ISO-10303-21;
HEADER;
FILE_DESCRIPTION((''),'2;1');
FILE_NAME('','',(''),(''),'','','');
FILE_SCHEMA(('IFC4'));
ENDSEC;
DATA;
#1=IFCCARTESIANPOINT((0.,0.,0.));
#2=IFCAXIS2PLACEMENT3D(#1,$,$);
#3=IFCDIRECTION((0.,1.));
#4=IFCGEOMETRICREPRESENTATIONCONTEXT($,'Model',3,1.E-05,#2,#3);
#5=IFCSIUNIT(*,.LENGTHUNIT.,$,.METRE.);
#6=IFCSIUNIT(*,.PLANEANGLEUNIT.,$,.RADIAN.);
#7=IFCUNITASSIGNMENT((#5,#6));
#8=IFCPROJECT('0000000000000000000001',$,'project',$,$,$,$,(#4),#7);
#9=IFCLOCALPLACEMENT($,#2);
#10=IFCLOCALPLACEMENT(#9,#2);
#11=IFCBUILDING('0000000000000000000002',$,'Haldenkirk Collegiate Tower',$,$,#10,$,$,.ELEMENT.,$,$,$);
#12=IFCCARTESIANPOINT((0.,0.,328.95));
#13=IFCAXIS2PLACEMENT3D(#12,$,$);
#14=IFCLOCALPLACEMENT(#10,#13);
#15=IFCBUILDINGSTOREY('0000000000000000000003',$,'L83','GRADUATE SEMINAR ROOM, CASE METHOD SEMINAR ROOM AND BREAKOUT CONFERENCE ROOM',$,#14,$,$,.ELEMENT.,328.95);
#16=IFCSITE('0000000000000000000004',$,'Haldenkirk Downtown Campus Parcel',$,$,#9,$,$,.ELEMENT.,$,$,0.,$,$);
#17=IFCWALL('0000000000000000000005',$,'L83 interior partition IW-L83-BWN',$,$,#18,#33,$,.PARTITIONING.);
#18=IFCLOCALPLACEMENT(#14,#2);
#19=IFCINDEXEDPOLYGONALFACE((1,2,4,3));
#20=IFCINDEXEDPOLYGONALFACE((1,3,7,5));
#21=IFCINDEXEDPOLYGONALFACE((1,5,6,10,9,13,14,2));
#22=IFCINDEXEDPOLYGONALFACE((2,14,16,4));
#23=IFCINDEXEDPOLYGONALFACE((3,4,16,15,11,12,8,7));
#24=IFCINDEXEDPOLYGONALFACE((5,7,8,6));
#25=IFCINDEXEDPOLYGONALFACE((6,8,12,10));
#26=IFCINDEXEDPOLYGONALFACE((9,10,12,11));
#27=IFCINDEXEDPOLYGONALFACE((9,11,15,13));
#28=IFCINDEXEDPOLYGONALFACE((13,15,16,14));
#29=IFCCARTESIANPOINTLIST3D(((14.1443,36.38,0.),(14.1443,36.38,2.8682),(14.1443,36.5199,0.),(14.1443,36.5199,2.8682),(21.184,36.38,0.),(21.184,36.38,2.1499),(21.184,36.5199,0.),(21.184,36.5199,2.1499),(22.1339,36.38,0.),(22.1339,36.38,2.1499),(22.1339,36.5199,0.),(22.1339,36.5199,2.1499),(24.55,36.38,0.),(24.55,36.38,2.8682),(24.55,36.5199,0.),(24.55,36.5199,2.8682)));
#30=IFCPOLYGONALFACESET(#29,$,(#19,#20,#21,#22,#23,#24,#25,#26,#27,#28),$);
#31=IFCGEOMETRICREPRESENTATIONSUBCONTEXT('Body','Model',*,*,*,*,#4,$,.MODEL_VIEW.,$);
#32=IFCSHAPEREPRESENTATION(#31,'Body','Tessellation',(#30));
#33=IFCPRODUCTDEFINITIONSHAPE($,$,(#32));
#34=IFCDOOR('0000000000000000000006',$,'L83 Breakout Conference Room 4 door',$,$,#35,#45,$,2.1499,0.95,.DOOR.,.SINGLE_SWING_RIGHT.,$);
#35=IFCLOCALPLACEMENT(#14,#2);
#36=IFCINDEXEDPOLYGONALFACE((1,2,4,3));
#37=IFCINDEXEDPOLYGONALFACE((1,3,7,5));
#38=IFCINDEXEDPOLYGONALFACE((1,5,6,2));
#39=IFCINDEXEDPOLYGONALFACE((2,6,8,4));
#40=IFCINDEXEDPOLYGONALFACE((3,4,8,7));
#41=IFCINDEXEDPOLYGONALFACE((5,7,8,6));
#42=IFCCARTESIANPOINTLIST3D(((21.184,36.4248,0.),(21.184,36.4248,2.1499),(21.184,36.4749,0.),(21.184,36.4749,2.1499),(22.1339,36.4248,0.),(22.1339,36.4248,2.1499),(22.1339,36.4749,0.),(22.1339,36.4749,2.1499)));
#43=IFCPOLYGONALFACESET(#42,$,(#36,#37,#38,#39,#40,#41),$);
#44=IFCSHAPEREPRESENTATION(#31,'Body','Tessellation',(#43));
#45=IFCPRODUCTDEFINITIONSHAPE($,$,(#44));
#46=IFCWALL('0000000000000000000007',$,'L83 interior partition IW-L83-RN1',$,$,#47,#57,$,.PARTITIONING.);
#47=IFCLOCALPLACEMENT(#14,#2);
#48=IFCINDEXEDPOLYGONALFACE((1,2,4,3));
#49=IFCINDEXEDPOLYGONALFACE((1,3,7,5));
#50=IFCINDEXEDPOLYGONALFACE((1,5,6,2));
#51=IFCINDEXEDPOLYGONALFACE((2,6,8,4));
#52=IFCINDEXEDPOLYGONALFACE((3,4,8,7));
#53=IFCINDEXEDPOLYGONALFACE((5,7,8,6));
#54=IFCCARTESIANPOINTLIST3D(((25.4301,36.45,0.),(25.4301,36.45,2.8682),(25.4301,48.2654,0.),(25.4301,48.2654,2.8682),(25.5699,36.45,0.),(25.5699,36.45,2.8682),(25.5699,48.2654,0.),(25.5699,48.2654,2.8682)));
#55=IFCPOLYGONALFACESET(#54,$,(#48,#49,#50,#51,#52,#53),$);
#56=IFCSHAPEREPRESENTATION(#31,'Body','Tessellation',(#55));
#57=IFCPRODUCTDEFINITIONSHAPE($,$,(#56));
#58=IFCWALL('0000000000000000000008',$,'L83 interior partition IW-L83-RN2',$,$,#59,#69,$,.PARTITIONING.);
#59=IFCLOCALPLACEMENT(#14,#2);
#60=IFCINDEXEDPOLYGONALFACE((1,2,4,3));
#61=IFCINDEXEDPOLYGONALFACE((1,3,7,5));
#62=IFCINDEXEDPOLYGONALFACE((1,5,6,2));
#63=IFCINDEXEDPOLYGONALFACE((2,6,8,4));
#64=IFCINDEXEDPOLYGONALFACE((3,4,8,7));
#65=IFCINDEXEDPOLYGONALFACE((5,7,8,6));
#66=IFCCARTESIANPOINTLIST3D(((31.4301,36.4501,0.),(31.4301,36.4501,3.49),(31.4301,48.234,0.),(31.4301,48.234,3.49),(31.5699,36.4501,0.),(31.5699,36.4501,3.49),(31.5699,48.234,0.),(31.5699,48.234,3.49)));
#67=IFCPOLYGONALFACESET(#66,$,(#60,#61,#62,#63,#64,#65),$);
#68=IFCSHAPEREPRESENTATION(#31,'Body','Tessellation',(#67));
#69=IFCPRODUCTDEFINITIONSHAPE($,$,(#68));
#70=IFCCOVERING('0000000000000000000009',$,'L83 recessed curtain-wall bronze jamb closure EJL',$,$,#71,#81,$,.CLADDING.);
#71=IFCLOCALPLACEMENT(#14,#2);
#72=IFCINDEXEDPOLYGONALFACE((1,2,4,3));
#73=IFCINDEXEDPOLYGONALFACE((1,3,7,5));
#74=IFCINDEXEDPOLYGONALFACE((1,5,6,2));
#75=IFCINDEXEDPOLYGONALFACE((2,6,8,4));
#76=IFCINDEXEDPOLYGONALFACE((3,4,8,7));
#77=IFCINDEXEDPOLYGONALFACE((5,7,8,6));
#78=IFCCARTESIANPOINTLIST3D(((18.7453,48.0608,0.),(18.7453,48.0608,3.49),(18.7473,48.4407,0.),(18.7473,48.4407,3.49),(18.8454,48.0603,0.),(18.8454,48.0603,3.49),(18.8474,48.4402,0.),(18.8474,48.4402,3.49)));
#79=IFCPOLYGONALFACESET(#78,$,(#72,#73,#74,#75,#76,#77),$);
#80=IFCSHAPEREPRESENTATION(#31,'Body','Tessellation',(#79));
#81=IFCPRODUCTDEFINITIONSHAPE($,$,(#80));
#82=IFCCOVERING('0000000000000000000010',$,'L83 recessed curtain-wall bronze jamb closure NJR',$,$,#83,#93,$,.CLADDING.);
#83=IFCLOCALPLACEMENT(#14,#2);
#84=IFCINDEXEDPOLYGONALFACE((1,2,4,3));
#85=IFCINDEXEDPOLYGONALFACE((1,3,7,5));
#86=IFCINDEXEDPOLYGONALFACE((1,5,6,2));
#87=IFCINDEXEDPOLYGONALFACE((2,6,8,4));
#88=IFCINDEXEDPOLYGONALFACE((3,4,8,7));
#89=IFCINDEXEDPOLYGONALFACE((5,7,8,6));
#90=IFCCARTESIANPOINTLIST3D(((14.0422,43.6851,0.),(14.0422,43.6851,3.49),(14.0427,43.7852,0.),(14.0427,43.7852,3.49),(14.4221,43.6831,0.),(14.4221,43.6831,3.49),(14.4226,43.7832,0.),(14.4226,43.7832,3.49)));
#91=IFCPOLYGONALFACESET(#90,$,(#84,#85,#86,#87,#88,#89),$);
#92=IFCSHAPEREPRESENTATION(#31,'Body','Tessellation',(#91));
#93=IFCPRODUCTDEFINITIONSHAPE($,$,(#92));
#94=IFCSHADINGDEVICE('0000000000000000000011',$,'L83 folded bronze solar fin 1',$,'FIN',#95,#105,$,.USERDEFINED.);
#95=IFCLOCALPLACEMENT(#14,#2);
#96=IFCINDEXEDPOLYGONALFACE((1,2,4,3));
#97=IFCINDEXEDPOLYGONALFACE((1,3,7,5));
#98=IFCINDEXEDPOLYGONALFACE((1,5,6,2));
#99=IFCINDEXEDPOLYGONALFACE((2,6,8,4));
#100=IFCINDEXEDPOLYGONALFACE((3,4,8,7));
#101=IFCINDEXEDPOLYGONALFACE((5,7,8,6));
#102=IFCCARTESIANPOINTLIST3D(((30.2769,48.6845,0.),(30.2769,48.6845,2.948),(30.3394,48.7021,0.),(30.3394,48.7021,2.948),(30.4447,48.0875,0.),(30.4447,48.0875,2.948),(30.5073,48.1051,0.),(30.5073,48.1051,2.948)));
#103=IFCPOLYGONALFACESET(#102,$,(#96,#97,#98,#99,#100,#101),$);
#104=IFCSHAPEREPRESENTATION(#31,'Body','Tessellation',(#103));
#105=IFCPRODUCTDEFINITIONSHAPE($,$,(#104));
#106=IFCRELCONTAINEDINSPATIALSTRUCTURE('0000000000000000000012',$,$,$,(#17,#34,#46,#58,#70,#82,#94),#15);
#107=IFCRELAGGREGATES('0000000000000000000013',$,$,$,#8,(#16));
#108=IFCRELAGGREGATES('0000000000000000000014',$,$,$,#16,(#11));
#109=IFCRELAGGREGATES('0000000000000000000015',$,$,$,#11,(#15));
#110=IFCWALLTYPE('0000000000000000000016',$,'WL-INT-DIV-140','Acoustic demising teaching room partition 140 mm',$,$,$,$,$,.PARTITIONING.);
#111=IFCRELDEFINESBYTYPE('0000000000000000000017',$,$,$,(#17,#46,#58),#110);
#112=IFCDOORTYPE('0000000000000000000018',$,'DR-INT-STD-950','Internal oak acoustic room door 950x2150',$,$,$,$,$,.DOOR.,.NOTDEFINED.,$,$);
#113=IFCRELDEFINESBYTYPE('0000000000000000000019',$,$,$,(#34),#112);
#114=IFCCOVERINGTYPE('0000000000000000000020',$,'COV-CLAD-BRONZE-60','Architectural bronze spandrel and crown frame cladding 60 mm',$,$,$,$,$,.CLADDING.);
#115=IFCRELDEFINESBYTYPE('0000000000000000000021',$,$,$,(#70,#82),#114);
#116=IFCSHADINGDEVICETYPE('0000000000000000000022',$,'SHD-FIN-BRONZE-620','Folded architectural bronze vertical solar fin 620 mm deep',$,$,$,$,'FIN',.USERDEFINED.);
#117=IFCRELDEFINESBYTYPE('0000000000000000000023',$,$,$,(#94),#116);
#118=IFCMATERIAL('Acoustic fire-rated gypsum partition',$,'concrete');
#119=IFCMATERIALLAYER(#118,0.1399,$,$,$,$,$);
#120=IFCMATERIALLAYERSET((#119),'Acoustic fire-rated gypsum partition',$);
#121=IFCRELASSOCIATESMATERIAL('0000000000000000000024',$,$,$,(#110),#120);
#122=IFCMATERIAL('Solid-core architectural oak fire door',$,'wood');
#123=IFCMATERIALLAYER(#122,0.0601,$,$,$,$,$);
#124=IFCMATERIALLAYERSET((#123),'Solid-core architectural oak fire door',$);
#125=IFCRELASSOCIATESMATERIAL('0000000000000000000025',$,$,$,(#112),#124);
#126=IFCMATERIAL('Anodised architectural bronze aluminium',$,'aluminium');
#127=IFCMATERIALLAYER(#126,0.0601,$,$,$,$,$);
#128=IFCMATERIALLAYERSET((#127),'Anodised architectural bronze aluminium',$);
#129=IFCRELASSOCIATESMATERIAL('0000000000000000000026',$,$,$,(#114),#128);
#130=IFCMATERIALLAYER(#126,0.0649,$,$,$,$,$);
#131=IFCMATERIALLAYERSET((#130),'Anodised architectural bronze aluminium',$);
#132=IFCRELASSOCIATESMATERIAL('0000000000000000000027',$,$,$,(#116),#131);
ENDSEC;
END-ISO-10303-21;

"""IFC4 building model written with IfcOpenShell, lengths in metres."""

from ifc_helpers import new_model, si_unit, direction, frame, frame_2d, origin, origin_2d, place, context, subcontext, project, spatial, rectangle, extrude, source, transform, mapped, material, layer, layer_set, type_object, element, fill, save


model = new_model("IFC4")

# Units and contexts
model_context = context("Model", 3, precision=1e-05, world=origin(), true_north=direction((0.0, 1.0)))
body_context = subcontext(model_context, "Body", "Model", "MODEL_VIEW")
ifc_project = project(units=[si_unit("LENGTHUNIT", "METRE"), si_unit("PLANEANGLEUNIT", "RADIAN")], contexts=[model_context])

# Site, building, storey
site_placement = place(None, origin())
site = spatial("IfcSite", under=ifc_project, at=site_placement, Name="Haldenkirk Downtown Campus Parcel", CompositionType="ELEMENT", RefElevation=0.0)
building_placement = place(site_placement, origin())
building = spatial("IfcBuilding", under=site, at=building_placement, Name="Haldenkirk Collegiate Tower", CompositionType="ELEMENT")
storey_placement = place(building_placement, frame((0.0, 0.0, 328.95)))
storey = spatial("IfcBuildingStorey", under=building, at=storey_placement, Name="L83", Description="GRADUATE SEMINAR ROOM, CASE METHOD SEMINAR ROOM AND BREAKOUT CONFERENCE ROOM", CompositionType="ELEMENT", Elevation=328.95)

# Shared definitions
ifc_material_1 = material(Name="Anodised architectural bronze aluminium", Category="aluminium")

# Wall, opening, door
ifc_material_2 = material(Name="Acoustic fire-rated gypsum partition", Category="concrete")
ifc_material_3 = material(Name="Solid-core architectural oak fire door", Category="wood")
ifc_layer_1 = layer(ifc_material_2, 0.1399)
ifc_layer_set_1 = layer_set([ifc_layer_1], Name="Acoustic fire-rated gypsum partition")
wall_type_1 = type_object("IfcWallType", Name="WL-INT-DIV-140", Description="Acoustic demising teaching room partition 140 mm", PredefinedType="PARTITIONING", material=ifc_layer_set_1)
wall_1_placement = place(storey_placement, frame((14.1443, 36.45, 0.0), z_axis=(0.0, 0.0, 1.0), x_axis=(1.0, 0.0, 0.0)))
wall_1 = element("IfcWall", 1, at=wall_1_placement, inside=storey, type_object=wall_type_1, Name="L83 interior partition IW-L83-BWN", PredefinedType="PARTITIONING", context=body_context, shape_type="SweptSolid", body=[
    extrude(rectangle(XDim=10.4058, YDim=0.1399, at=frame_2d((5.2029, 0.0))), origin(), (0.0, 0.0, 1.0), 2.8682),
])
opening_1_placement = place(wall_1_placement, frame((7.0396, 0.0, 0.0)))
opening_1 = element("IfcOpeningElement", 2, at=opening_1_placement, cuts=wall_1, PredefinedType="OPENING", context=body_context, shape_type="SweptSolid", body=[
    extrude(rectangle(XDim=0.95, YDim=2.1499, at=frame_2d((0.4751, 1.075))), frame((0.0, 0.0798, 0.0), z_axis=(0.0, -1.0, 0.0), x_axis=(1.0, 0.0, 0.0)), (0.0, 0.0, 1.0), 0.1599),
])
ifc_layer_2 = layer(ifc_material_3, 0.0601)
ifc_layer_set_2 = layer_set([ifc_layer_2], Name="Solid-core architectural oak fire door")
door_type_1 = type_object("IfcDoorType", Name="DR-INT-STD-950", Description="Internal oak acoustic room door 950x2150", OperationType="NOTDEFINED", PredefinedType="DOOR", material=ifc_layer_set_2)
door_1_placement = place(opening_1_placement, origin())
door_1 = element("IfcDoor", 3, at=door_1_placement, inside=storey, type_object=door_type_1, Name="L83 Breakout Conference Room 4 door", OperationType="SINGLE_SWING_RIGHT", OverallHeight=2.1499, OverallWidth=0.95, PredefinedType="DOOR", context=body_context, shape_type="SweptSolid", body=[
    extrude(rectangle(XDim=0.95, YDim=2.1499, at=frame_2d((0.4751, 1.075))), frame((0.0, 0.0249, 0.0), z_axis=(0.0, -1.0, 0.0), x_axis=(1.0, 0.0, 0.0)), (0.0, 0.0, 1.0), 0.05),
])
fill(opening_1, door_1)

# Walls
wall_2_placement = place(storey_placement, frame((25.5, 36.45, 0.0), z_axis=(0.0, 0.0, 1.0), x_axis=(0.0, 1.0, 0.0)))
element("IfcWall", 4, at=wall_2_placement, inside=storey, type_object=wall_type_1, Name="L83 interior partition IW-L83-RN1", PredefinedType="PARTITIONING", context=body_context, shape_type="SweptSolid", body=[
    extrude(rectangle(XDim=11.8154, YDim=0.1399, at=frame_2d((5.9077, 0.0))), origin(), (0.0, 0.0, 1.0), 2.8682),
])
wall_3_placement = place(storey_placement, frame((31.5, 36.45, 0.0), z_axis=(0.0, 0.0, 1.0), x_axis=(0.0, 1.0, 0.0)))
element("IfcWall", 5, at=wall_3_placement, inside=storey, type_object=wall_type_1, Name="L83 interior partition IW-L83-RN2", PredefinedType="PARTITIONING", context=body_context, shape_type="SweptSolid", body=[
    extrude(rectangle(XDim=11.7839, YDim=0.1399, at=frame_2d((5.8921, 0.0))), origin(), (0.0, 0.0, 1.0), 3.49),
])

# Coverings
ifc_layer_3 = layer(ifc_material_1, 0.0601)
ifc_layer_set_3 = layer_set([ifc_layer_3], Name="Anodised architectural bronze aluminium")
covering_type = type_object("IfcCoveringType", Name="COV-CLAD-BRONZE-60", Description="Architectural bronze spandrel and crown frame cladding 60 mm", PredefinedType="CLADDING", material=ifc_layer_set_3)
shared_shape_1 = source(origin(), body_context, "Body", "SweptSolid", [
    extrude(rectangle(XDim=0.1001, YDim=0.3799, at=origin_2d()), origin(), (0.0, 0.0, 1.0), 3.49),
])
for number, where, z_axis, x_axis, name in (
    (6, (18.7964, 48.2505, 0.0), (0.0, 0.0, 1.0), (0.999986, -0.005236, 0.0), "L83 recessed curtain-wall bronze jamb closure EJL"),
    (7, (14.2324, 43.7341, 0.0), (0.0, 0.0, 1.0), (0.005236, 0.999986, 0.0), "L83 recessed curtain-wall bronze jamb closure NJR"),
):
    element("IfcCovering", number, at=place(storey_placement, frame(where, z_axis=z_axis, x_axis=x_axis)), inside=storey, type_object=covering_type, Name=name, PredefinedType="CLADDING", context=body_context, shape_type="MappedRepresentation", body=[
        mapped(shared_shape_1, transform((0.0, 0.0, 0.0), x_axis=(1.0, 0.0, 0.0), y_axis=(0.0, 1.0, 0.0), z_axis=(0.0, 0.0, 1.0), scale=1.0)),
    ])

# Shading device
ifc_layer_4 = layer(ifc_material_1, 0.0649)
ifc_layer_set_4 = layer_set([ifc_layer_4], Name="Anodised architectural bronze aluminium")
shading_device_type = type_object("IfcShadingDeviceType", Name="SHD-FIN-BRONZE-620", Description="Folded architectural bronze vertical solar fin 620 mm deep", ElementType="FIN", PredefinedType="USERDEFINED", material=ifc_layer_set_4)
shared_shape_2 = source(origin(), body_context, "Body", "SweptSolid", [
    extrude(rectangle(XDim=0.6201, YDim=0.0649, at=origin_2d()), origin(), (0.0, 0.0, 1.0), 2.948),
])
shading_device_placement = place(storey_placement, frame((30.3921, 48.3948, 0.0), z_axis=(0.0, 0.0, 1.0), x_axis=(-0.2706, 0.962692, 0.0)))
element("IfcShadingDevice", 8, at=shading_device_placement, inside=storey, type_object=shading_device_type, Name="L83 folded bronze solar fin 1", ObjectType="FIN", PredefinedType="USERDEFINED", context=body_context, shape_type="MappedRepresentation", body=[
    mapped(shared_shape_2, transform((0.0, 0.0, 0.0), x_axis=(1.0, 0.0, 0.0), y_axis=(0.0, 1.0, 0.0), z_axis=(0.0, 0.0, 1.0), scale=1.0)),
])

save(model, "model.ifc")
